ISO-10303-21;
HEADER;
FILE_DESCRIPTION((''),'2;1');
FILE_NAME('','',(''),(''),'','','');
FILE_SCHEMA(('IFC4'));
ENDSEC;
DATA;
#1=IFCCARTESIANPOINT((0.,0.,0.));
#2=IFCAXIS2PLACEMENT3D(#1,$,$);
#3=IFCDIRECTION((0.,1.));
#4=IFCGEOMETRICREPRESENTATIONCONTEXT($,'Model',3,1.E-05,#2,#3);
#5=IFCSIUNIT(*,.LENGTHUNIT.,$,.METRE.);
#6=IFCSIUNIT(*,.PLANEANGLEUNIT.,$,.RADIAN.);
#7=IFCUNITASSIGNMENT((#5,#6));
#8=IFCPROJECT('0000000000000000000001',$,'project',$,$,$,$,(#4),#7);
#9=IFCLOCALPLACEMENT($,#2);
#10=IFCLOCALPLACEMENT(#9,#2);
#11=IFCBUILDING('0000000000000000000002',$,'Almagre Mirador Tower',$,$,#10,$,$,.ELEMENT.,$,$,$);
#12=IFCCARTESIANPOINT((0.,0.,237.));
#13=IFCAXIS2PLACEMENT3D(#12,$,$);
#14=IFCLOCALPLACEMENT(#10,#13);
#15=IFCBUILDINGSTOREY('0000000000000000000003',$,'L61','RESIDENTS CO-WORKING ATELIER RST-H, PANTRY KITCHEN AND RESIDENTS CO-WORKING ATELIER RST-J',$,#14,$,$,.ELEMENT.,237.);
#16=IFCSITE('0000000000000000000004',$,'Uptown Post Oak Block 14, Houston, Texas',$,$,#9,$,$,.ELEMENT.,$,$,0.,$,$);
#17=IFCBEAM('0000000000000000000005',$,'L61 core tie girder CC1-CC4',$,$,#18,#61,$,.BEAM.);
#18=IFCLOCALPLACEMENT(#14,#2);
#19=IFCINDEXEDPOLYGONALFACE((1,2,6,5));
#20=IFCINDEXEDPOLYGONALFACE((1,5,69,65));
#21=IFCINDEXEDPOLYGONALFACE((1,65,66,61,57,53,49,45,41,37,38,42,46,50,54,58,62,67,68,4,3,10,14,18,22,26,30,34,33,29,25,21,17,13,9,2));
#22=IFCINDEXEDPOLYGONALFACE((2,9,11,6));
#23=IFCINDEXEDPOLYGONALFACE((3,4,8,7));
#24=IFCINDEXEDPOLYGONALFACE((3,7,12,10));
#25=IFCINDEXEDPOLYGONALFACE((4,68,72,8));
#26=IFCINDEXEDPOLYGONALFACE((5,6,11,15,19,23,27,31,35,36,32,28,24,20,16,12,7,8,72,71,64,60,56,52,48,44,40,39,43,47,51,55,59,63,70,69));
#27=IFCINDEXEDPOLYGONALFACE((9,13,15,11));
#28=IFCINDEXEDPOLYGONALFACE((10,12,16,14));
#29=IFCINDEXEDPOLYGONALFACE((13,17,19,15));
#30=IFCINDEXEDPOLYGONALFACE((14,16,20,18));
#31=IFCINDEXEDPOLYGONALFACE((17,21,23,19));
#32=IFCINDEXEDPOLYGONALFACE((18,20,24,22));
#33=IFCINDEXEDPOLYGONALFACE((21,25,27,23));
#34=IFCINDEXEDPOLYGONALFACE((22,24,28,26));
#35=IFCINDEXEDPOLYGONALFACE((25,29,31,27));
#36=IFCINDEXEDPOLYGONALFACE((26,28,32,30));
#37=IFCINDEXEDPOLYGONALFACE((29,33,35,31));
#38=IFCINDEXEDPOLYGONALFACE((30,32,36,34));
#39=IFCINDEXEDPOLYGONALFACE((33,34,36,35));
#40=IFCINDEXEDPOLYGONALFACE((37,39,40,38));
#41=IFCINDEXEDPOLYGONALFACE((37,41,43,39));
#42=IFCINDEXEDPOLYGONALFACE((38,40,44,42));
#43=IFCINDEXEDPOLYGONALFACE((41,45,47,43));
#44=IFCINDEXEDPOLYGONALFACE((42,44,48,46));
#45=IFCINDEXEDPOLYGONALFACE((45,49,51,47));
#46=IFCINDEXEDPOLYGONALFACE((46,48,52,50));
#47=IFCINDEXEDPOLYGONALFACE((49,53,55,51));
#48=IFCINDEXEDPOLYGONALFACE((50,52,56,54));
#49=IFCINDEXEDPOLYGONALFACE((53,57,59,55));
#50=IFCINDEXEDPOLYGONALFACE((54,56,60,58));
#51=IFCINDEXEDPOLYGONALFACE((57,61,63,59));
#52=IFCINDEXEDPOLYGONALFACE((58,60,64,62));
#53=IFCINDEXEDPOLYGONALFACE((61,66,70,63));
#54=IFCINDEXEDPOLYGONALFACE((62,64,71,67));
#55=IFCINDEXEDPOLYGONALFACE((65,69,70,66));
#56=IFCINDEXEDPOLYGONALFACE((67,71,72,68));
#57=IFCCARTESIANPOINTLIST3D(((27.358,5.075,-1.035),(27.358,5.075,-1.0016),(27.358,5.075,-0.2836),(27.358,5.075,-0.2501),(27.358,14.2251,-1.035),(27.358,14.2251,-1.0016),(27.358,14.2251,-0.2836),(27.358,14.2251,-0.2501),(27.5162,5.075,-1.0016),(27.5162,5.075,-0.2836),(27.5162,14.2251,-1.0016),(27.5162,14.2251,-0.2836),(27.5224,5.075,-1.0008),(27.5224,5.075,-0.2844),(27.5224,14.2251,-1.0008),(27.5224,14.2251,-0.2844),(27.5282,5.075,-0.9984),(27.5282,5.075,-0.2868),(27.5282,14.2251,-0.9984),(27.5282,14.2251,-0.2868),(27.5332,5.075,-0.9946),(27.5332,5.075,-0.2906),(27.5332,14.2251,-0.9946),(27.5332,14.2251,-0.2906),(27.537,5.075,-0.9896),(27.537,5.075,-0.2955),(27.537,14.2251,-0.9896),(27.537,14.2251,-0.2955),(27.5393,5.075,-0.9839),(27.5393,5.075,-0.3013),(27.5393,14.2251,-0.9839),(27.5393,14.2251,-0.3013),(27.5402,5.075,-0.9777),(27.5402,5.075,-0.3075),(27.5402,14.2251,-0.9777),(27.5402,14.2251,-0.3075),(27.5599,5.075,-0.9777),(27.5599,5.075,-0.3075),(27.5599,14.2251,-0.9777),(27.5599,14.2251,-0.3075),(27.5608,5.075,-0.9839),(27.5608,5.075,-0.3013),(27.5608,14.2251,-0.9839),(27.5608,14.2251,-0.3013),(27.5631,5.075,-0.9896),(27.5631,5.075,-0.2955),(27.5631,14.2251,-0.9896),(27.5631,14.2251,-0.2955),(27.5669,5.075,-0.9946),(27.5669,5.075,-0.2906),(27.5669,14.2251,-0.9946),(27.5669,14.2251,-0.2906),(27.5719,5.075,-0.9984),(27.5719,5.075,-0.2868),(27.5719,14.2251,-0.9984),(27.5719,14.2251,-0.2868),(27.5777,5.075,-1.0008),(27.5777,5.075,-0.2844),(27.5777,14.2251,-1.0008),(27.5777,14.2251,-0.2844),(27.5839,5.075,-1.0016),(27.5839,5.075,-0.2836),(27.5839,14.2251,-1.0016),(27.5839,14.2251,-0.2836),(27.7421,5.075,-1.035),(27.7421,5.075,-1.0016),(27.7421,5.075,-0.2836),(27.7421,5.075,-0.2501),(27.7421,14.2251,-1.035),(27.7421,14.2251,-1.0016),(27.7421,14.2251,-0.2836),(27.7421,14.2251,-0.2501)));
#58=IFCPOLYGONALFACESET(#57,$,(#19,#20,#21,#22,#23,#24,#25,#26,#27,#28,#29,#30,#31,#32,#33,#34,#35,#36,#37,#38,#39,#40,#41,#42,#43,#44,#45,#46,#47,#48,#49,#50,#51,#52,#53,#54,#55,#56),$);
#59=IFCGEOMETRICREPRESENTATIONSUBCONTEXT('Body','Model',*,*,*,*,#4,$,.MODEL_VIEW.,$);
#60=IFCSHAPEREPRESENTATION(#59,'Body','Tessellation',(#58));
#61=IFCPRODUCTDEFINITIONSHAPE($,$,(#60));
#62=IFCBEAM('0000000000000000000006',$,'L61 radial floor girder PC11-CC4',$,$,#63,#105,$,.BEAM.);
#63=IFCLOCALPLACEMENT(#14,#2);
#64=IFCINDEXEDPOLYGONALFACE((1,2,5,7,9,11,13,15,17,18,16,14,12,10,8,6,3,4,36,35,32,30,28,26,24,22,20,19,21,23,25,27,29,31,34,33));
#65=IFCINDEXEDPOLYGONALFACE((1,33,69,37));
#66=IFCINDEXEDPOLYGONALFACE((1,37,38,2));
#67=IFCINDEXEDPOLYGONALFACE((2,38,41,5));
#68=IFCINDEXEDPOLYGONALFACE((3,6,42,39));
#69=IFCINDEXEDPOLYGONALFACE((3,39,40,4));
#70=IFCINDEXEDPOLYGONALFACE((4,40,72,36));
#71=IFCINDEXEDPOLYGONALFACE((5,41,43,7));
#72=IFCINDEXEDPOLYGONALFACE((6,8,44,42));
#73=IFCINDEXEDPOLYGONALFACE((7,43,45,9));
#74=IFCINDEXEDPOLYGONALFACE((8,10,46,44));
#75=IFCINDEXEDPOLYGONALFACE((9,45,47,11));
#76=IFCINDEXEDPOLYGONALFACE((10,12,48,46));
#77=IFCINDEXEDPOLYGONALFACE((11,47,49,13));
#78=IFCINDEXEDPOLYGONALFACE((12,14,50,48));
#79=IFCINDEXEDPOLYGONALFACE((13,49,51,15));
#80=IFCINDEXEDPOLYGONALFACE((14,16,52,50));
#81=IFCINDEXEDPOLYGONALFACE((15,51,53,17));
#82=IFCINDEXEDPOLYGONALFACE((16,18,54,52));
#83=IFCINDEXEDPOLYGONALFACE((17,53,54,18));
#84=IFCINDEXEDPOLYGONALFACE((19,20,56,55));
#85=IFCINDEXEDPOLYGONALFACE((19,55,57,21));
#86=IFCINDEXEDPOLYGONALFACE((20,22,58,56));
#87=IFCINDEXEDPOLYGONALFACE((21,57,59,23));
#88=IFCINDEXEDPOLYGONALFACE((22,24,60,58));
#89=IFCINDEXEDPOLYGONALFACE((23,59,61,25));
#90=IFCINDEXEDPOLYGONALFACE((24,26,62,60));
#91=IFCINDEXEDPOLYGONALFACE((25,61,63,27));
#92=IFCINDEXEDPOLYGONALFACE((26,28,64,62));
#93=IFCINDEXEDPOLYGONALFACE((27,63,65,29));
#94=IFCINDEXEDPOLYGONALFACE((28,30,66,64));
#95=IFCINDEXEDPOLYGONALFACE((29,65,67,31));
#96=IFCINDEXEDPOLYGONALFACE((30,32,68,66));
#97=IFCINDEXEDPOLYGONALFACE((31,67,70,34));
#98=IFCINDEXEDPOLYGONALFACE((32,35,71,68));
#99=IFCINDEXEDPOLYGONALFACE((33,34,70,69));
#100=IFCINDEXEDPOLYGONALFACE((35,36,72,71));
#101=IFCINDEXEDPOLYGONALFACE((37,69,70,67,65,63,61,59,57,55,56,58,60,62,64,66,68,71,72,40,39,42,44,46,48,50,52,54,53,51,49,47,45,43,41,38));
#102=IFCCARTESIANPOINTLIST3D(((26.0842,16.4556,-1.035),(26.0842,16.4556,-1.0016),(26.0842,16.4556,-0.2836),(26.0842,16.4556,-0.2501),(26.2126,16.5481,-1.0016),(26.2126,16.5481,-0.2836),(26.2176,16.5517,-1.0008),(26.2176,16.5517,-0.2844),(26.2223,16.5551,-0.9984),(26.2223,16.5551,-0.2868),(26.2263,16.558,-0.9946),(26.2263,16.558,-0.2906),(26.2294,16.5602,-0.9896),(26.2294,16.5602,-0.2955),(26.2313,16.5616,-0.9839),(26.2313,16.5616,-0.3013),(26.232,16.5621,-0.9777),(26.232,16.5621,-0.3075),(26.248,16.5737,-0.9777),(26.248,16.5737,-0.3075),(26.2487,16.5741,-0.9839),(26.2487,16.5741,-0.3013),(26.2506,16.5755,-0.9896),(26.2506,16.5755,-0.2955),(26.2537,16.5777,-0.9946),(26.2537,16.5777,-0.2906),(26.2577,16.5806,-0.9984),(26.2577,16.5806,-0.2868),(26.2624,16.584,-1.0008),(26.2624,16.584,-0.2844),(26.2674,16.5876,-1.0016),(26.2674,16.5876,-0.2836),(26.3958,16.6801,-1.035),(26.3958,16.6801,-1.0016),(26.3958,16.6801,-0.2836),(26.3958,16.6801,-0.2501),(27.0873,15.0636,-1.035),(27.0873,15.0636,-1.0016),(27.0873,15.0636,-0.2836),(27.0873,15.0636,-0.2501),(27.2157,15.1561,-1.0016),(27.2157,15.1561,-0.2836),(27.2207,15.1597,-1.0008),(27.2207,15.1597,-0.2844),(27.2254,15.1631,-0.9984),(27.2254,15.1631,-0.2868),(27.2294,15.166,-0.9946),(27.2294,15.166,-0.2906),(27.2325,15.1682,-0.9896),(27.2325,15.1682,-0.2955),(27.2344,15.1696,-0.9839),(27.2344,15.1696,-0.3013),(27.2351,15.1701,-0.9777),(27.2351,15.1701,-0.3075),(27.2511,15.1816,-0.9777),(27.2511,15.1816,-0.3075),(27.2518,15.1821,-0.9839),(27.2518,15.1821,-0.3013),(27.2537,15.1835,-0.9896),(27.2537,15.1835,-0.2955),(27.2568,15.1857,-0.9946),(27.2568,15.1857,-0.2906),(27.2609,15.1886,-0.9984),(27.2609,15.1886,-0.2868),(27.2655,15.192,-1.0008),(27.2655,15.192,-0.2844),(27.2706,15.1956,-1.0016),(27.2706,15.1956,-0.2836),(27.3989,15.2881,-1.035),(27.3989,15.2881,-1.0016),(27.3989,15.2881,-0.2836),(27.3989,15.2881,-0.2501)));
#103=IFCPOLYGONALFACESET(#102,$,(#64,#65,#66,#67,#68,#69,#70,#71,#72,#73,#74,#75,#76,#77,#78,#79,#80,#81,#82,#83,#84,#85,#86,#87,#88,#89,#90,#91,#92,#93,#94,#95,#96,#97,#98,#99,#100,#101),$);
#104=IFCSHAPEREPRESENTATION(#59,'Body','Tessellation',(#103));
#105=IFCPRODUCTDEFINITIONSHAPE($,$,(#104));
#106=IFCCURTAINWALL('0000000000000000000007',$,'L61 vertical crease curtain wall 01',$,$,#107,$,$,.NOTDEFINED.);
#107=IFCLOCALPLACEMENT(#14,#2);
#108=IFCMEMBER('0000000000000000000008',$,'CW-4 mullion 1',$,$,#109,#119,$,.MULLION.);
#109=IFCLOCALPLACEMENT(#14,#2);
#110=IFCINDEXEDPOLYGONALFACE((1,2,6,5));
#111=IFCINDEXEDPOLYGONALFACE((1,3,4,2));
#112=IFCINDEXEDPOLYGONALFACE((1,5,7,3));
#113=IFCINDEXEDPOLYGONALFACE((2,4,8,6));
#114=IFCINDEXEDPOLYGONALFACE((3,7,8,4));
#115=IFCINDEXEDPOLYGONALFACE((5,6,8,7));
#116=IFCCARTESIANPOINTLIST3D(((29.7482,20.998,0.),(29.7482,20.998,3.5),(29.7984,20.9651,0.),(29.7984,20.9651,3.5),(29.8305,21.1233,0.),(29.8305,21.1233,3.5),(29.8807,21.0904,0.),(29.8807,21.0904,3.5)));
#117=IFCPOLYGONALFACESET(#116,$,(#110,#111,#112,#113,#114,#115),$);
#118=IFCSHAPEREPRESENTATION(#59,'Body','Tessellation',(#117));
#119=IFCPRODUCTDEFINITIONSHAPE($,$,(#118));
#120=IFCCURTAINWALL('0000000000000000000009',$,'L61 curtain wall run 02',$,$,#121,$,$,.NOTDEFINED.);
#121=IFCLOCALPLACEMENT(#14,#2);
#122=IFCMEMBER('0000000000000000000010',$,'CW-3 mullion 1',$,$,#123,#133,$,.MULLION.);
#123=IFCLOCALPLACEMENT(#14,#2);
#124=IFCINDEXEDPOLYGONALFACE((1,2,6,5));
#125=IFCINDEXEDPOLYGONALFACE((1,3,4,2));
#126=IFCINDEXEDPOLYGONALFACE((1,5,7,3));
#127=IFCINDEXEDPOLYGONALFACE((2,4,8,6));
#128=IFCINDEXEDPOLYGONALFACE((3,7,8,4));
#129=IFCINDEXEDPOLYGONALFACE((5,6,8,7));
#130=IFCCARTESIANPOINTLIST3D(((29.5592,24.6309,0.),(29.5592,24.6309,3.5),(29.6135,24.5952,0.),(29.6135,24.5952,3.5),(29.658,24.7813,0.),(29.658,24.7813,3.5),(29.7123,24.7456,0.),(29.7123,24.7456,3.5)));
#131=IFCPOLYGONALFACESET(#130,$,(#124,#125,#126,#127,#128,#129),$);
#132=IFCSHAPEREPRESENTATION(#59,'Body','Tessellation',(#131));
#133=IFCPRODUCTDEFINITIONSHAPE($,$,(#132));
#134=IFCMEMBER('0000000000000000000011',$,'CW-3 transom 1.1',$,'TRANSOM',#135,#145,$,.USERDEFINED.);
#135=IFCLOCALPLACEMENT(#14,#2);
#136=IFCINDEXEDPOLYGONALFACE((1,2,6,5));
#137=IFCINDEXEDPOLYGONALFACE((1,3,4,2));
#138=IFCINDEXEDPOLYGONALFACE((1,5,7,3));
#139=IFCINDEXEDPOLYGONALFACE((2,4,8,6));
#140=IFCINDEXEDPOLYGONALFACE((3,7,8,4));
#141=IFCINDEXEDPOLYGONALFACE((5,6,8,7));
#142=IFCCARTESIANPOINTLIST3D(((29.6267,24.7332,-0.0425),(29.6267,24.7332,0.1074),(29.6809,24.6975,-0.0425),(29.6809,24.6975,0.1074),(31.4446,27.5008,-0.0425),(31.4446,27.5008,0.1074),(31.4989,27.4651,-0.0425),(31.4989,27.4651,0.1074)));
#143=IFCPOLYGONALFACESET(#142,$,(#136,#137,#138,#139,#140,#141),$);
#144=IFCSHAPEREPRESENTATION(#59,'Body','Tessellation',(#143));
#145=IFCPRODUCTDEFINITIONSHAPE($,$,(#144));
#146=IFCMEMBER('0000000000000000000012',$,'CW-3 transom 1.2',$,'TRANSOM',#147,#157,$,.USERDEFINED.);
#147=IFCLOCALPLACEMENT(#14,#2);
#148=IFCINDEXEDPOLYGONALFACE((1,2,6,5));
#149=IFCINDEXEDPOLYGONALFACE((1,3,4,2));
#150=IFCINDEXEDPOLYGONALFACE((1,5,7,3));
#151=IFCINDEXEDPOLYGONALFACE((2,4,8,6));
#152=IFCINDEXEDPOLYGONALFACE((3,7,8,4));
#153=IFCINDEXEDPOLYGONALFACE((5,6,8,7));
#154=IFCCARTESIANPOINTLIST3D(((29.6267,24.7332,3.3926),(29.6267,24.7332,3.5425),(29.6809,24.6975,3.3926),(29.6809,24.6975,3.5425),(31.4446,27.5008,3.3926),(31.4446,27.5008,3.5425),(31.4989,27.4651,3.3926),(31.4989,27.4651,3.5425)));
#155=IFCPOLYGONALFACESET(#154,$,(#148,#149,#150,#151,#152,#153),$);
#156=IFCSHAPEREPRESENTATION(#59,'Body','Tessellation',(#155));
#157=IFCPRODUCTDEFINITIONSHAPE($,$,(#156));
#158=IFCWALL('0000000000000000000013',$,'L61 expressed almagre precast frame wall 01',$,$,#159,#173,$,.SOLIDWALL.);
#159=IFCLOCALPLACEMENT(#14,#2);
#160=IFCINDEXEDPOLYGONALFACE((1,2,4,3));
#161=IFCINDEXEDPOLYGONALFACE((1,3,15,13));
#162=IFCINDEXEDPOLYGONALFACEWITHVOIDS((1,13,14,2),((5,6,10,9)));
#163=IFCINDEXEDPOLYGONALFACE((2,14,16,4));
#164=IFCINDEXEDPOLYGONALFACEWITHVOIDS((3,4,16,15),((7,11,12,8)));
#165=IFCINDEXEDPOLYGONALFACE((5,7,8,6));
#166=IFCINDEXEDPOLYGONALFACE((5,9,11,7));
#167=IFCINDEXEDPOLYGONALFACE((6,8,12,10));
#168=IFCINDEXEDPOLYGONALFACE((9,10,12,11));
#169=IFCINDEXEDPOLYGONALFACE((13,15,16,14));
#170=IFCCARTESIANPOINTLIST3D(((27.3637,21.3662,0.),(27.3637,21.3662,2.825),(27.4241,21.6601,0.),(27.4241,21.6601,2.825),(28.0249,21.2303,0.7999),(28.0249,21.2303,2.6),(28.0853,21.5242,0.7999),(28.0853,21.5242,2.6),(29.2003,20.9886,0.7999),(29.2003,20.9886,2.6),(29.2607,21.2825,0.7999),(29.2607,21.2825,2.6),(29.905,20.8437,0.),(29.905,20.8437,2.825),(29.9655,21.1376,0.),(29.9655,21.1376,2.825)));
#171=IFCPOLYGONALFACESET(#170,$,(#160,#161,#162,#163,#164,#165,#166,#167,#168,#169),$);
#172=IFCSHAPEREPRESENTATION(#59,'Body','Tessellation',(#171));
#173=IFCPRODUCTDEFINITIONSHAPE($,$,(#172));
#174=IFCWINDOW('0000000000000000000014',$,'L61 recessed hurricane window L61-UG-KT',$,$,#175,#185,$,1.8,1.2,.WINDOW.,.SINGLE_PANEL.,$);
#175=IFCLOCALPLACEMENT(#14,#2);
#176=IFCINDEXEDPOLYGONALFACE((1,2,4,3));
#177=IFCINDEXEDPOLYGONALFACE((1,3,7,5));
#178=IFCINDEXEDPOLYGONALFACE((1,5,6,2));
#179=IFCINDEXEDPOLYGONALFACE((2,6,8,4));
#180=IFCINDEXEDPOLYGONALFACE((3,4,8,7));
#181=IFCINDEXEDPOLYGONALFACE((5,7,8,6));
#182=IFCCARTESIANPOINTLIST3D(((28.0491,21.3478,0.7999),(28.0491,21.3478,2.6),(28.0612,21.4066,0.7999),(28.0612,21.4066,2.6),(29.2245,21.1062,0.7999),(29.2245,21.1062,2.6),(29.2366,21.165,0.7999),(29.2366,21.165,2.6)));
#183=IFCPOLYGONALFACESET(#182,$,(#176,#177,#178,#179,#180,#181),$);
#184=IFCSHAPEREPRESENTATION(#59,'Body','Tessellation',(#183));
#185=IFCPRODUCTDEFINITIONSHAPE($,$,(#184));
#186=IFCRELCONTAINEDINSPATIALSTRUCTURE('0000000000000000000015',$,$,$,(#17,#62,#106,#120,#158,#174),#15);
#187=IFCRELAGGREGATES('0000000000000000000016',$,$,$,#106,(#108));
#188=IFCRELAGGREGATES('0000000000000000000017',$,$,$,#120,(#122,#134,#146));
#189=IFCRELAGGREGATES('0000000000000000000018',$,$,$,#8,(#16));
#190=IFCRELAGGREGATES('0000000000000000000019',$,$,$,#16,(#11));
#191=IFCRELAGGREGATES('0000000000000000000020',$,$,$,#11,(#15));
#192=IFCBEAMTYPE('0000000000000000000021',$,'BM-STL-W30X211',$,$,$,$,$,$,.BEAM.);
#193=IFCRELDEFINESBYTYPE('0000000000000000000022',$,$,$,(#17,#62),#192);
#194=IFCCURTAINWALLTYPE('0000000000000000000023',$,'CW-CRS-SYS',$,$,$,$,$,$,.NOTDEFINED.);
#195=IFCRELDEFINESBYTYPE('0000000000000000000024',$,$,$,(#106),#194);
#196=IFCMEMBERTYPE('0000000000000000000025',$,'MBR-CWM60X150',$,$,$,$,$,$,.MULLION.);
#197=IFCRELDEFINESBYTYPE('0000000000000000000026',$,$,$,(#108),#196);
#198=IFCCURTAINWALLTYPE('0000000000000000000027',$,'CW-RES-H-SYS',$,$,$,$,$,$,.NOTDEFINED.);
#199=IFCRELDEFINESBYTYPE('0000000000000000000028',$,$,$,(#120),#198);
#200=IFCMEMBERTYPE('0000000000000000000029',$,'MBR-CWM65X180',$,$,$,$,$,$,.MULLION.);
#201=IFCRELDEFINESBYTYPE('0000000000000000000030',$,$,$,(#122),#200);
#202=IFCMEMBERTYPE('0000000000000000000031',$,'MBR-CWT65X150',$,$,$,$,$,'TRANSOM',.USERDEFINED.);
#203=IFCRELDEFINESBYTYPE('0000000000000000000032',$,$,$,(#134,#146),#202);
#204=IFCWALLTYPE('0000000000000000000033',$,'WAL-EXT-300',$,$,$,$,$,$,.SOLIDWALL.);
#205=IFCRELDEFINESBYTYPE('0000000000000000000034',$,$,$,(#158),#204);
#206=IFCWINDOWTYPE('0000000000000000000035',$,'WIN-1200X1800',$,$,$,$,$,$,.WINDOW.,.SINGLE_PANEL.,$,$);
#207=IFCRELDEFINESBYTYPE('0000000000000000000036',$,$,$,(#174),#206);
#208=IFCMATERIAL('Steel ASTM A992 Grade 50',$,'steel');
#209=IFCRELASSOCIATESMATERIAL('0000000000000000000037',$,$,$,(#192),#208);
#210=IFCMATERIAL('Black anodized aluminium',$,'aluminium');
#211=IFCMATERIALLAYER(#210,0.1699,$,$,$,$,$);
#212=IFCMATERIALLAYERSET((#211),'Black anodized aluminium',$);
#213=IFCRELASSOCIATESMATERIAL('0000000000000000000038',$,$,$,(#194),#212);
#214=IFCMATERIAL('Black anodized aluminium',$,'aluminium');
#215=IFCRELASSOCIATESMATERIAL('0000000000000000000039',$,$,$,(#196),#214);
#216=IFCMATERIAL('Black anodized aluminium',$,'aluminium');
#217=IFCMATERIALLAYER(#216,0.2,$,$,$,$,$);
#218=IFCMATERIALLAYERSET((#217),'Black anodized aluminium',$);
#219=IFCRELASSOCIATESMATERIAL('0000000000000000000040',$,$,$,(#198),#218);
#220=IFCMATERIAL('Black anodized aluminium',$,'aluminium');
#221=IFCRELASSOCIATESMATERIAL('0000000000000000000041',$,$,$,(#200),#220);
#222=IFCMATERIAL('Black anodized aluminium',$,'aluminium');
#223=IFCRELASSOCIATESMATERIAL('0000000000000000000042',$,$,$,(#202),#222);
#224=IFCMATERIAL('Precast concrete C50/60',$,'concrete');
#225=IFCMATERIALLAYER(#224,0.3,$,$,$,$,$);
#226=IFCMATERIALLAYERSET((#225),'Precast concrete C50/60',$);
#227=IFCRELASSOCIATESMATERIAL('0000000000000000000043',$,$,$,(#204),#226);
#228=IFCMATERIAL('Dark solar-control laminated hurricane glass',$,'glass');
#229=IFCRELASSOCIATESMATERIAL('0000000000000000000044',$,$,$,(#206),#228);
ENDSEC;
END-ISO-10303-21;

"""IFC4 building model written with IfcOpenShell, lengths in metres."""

from ifc_helpers import new_model, si_unit, direction, frame, frame_2d, origin, origin_2d, place, context, subcontext, project, spatial, rectangle, i_section, extrude, material, layer, layer_set, material_profile, profile_set, type_object, element, fill, aggregate, save


model = new_model("IFC4")

# Units and contexts
model_context = context("Model", 3, precision=1e-05, world=origin(), true_north=direction((0.0, 1.0)))
body_context = subcontext(model_context, "Body", "Model", "MODEL_VIEW")
ifc_project = project(units=[si_unit("LENGTHUNIT", "METRE"), si_unit("PLANEANGLEUNIT", "RADIAN")], contexts=[model_context])

# Site, building, storey
site_placement = place(None, origin())
site = spatial("IfcSite", under=ifc_project, at=site_placement, Name="Uptown Post Oak Block 14, Houston, Texas", CompositionType="ELEMENT", RefElevation=0.0)
building_placement = place(site_placement, origin())
building = spatial("IfcBuilding", under=site, at=building_placement, Name="Almagre Mirador Tower", CompositionType="ELEMENT")
storey_placement = place(building_placement, frame((0.0, 0.0, 237.0)))
storey = spatial("IfcBuildingStorey", under=building, at=storey_placement, Name="L61", Description="RESIDENTS CO-WORKING ATELIER RST-H, PANTRY KITCHEN AND RESIDENTS CO-WORKING ATELIER RST-J", CompositionType="ELEMENT", Elevation=237.0)

# Beams
ifc_material_1 = material(Name="Steel ASTM A992 Grade 50", Category="steel")
ifc_material_profile_1 = material_profile(ifc_material_1, i_section(OverallWidth=0.384, OverallDepth=0.7849, WebThickness=0.0198, FlangeThickness=0.0334, FilletRadius=0.0239, at=origin_2d()), Name="W30X211")
ifc_profile_set_1 = profile_set([ifc_material_profile_1], Name="Steel ASTM A992 Grade 50")
beam_type_1 = type_object("IfcBeamType", Name="BM-STL-W30X211", PredefinedType="BEAM", material=ifc_profile_set_1)
beam_1_placement = place(storey_placement, frame((27.55, 5.075, -0.6426), z_axis=(0.0, 1.0, 0.0), x_axis=(-1.0, 0.0, 0.0)))
element("IfcBeam", 1, at=beam_1_placement, inside=storey, type_object=beam_type_1, Name="L61 core tie girder CC1-CC4", PredefinedType="BEAM", context=body_context, shape_type="SweptSolid", body=[
    extrude(i_section(OverallWidth=0.384, OverallDepth=0.7849, WebThickness=0.0198, FlangeThickness=0.0334, FilletRadius=0.0239, at=origin_2d()), origin(), (0.0, 0.0, 1.0), 9.1501),
])
beam_2_placement = place(storey_placement, frame((26.24, 16.5679, -0.6426), z_axis=(0.584638, -0.811294, 0.0), x_axis=(0.811294, 0.584638, 0.0)))
element("IfcBeam", 2, at=beam_2_placement, inside=storey, type_object=beam_type_1, Name="L61 radial floor girder PC11-CC4", PredefinedType="BEAM", context=body_context, shape_type="SweptSolid", body=[
    extrude(i_section(OverallWidth=0.384, OverallDepth=0.7849, WebThickness=0.0198, FlangeThickness=0.0334, FilletRadius=0.0239, at=origin_2d()), origin(), (0.0, 0.0, 1.0), 1.7158),
])

# Curtain wall, member
ifc_material_2 = material(Name="Black anodized aluminium", Category="aluminium")
ifc_layer_1 = layer(ifc_material_2, 0.1699)
ifc_layer_set_1 = layer_set([ifc_layer_1], Name="Black anodized aluminium")
curtain_wall_type_1 = type_object("IfcCurtainWallType", Name="CW-CRS-SYS", PredefinedType="NOTDEFINED", material=ifc_layer_set_1)
curtain_wall_1_placement = place(storey_placement, origin())
curtain_wall_1 = element("IfcCurtainWall", 3, at=curtain_wall_1_placement, inside=storey, type_object=curtain_wall_type_1, Name="L61 vertical crease curtain wall 01", PredefinedType="NOTDEFINED")
ifc_material_3 = material(Name="Black anodized aluminium", Category="aluminium")
ifc_material_profile_2 = material_profile(ifc_material_3, rectangle(XDim=0.0601, YDim=0.1499, at=origin_2d()), Name="CWM60X150")
ifc_profile_set_2 = profile_set([ifc_material_profile_2], Name="Black anodized aluminium")
member_type_1 = type_object("IfcMemberType", Name="MBR-CWM60X150", PredefinedType="MULLION", material=ifc_profile_set_2)
member_1_placement = place(storey_placement, frame((29.8145, 21.0442, 0.0), z_axis=(0.0, 0.0, 1.0), x_axis=(-0.835931, 0.548834, 0.0)))
member_1 = element("IfcMember", 4, at=member_1_placement, type_object=member_type_1, Name="CW-4 mullion 1", PredefinedType="MULLION", context=body_context, shape_type="SweptSolid", body=[
    extrude(rectangle(XDim=0.0601, YDim=0.1499, at=origin_2d()), origin(), (0.0, 0.0, 1.0), 3.5),
])
aggregate(curtain_wall_1, [member_1])

# Curtain wall, members
ifc_material_4 = material(Name="Black anodized aluminium", Category="aluminium")
ifc_layer_2 = layer(ifc_material_4, 0.2)
ifc_layer_set_2 = layer_set([ifc_layer_2], Name="Black anodized aluminium")
curtain_wall_type_2 = type_object("IfcCurtainWallType", Name="CW-RES-H-SYS", PredefinedType="NOTDEFINED", material=ifc_layer_set_2)
curtain_wall_2_placement = place(storey_placement, origin())
curtain_wall_2 = element("IfcCurtainWall", 5, at=curtain_wall_2_placement, inside=storey, type_object=curtain_wall_type_2, Name="L61 curtain wall run 02", PredefinedType="NOTDEFINED")
ifc_material_5 = material(Name="Black anodized aluminium", Category="aluminium")
ifc_material_profile_3 = material_profile(ifc_material_5, rectangle(XDim=0.0649, YDim=0.1799, at=origin_2d()), Name="CWM65X180")
ifc_profile_set_3 = profile_set([ifc_material_profile_3], Name="Black anodized aluminium")
member_type_2 = type_object("IfcMemberType", Name="MBR-CWM65X180", PredefinedType="MULLION", material=ifc_profile_set_3)
member_2_placement = place(storey_placement, frame((29.6357, 24.6882, 0.0), z_axis=(0.0, 0.0, 1.0), x_axis=(-0.8358, 0.549034, 0.0)))
member_2 = element("IfcMember", 6, at=member_2_placement, type_object=member_type_2, Name="CW-3 mullion 1", PredefinedType="MULLION", context=body_context, shape_type="SweptSolid", body=[
    extrude(rectangle(XDim=0.0649, YDim=0.1799, at=origin_2d()), origin(), (0.0, 0.0, 1.0), 3.5),
])
ifc_material_6 = material(Name="Black anodized aluminium", Category="aluminium")
ifc_material_profile_4 = material_profile(ifc_material_6, rectangle(XDim=0.0649, YDim=0.1499, at=origin_2d()), Name="CWT65X150")
ifc_profile_set_4 = profile_set([ifc_material_profile_4], Name="Black anodized aluminium")
member_type_3 = type_object("IfcMemberType", Name="MBR-CWT65X150", ElementType="TRANSOM", PredefinedType="USERDEFINED", material=ifc_profile_set_4)
member_3_placement = place(storey_placement, frame((29.6538, 24.7153, 0.0325), z_axis=(0.549004, 0.83582, 0.0), x_axis=(-0.83582, 0.549004, 0.0)))
member_3 = element("IfcMember", 7, at=member_3_placement, type_object=member_type_3, Name="CW-3 transom 1.1", ObjectType="TRANSOM", PredefinedType="USERDEFINED", context=body_context, shape_type="SweptSolid", body=[
    extrude(rectangle(XDim=0.0649, YDim=0.1499, at=origin_2d()), origin(), (0.0, 0.0, 1.0), 3.3113),
])
member_4_placement = place(storey_placement, frame((29.6538, 24.7153, 3.4675), z_axis=(0.549004, 0.83582, 0.0), x_axis=(-0.83582, 0.549004, 0.0)))
member_4 = element("IfcMember", 8, at=member_4_placement, type_object=member_type_3, Name="CW-3 transom 1.2", ObjectType="TRANSOM", PredefinedType="USERDEFINED", context=body_context, shape_type="SweptSolid", body=[
    extrude(rectangle(XDim=0.0649, YDim=0.1499, at=origin_2d()), origin(), (0.0, 0.0, 1.0), 3.3113),
])
aggregate(curtain_wall_2, [member_2, member_3, member_4])

# Wall, opening, window
ifc_material_7 = material(Name="Precast concrete C50/60", Category="concrete")
ifc_layer_3 = layer(ifc_material_7, 0.3)
ifc_layer_set_3 = layer_set([ifc_layer_3], Name="Precast concrete C50/60")
wall_type_1 = type_object("IfcWallType", Name="WAL-EXT-300", PredefinedType="SOLIDWALL", material=ifc_layer_set_3)
wall_1_placement = place(storey_placement, frame((27.3938, 21.5132, 0.0), z_axis=(0.0, 0.0, 1.0), x_axis=(0.979513, -0.201379, 0.0)))
wall_1 = element("IfcWall", 9, at=wall_1_placement, inside=storey, type_object=wall_type_1, Name="L61 expressed almagre precast frame wall 01", PredefinedType="SOLIDWALL", context=body_context, shape_type="SweptSolid", body=[
    extrude(rectangle(XDim=2.5945, YDim=0.3, at=frame_2d((1.2974, 0.0))), origin(), (0.0, 0.0, 1.0), 2.825),
])
opening_1_placement = place(wall_1_placement, frame((0.675, 0.0, 0.8)))
opening_1 = element("IfcOpeningElement", 10, at=opening_1_placement, cuts=wall_1, PredefinedType="OPENING", context=body_context, shape_type="SweptSolid", body=[
    extrude(rectangle(XDim=1.2, YDim=1.8, at=frame_2d((0.6001, 0.8999))), frame((0.0, 0.1599, 0.0), z_axis=(0.0, -1.0, 0.0), x_axis=(1.0, 0.0, 0.0)), (0.0, 0.0, 1.0), 0.32),
])
ifc_material_8 = material(Name="Dark solar-control laminated hurricane glass", Category="glass")
window_type = type_object("IfcWindowType", Name="WIN-1200X1800", PartitioningType="SINGLE_PANEL", PredefinedType="WINDOW", material=ifc_material_8)
window_1_placement = place(opening_1_placement, origin())
window_1 = element("IfcWindow", 11, at=window_1_placement, inside=storey, type_object=window_type, Name="L61 recessed hurricane window L61-UG-KT", OverallHeight=1.8, OverallWidth=1.2, PartitioningType="SINGLE_PANEL", PredefinedType="WINDOW", context=body_context, shape_type="SweptSolid", body=[
    extrude(rectangle(XDim=1.2, YDim=1.8, at=frame_2d((0.6001, 0.8999))), frame((0.0, 0.03, 0.0), z_axis=(0.0, -1.0, 0.0), x_axis=(1.0, 0.0, 0.0)), (0.0, 0.0, 1.0), 0.0601),
])
fill(opening_1, window_1)

save(model, "model.ifc")
